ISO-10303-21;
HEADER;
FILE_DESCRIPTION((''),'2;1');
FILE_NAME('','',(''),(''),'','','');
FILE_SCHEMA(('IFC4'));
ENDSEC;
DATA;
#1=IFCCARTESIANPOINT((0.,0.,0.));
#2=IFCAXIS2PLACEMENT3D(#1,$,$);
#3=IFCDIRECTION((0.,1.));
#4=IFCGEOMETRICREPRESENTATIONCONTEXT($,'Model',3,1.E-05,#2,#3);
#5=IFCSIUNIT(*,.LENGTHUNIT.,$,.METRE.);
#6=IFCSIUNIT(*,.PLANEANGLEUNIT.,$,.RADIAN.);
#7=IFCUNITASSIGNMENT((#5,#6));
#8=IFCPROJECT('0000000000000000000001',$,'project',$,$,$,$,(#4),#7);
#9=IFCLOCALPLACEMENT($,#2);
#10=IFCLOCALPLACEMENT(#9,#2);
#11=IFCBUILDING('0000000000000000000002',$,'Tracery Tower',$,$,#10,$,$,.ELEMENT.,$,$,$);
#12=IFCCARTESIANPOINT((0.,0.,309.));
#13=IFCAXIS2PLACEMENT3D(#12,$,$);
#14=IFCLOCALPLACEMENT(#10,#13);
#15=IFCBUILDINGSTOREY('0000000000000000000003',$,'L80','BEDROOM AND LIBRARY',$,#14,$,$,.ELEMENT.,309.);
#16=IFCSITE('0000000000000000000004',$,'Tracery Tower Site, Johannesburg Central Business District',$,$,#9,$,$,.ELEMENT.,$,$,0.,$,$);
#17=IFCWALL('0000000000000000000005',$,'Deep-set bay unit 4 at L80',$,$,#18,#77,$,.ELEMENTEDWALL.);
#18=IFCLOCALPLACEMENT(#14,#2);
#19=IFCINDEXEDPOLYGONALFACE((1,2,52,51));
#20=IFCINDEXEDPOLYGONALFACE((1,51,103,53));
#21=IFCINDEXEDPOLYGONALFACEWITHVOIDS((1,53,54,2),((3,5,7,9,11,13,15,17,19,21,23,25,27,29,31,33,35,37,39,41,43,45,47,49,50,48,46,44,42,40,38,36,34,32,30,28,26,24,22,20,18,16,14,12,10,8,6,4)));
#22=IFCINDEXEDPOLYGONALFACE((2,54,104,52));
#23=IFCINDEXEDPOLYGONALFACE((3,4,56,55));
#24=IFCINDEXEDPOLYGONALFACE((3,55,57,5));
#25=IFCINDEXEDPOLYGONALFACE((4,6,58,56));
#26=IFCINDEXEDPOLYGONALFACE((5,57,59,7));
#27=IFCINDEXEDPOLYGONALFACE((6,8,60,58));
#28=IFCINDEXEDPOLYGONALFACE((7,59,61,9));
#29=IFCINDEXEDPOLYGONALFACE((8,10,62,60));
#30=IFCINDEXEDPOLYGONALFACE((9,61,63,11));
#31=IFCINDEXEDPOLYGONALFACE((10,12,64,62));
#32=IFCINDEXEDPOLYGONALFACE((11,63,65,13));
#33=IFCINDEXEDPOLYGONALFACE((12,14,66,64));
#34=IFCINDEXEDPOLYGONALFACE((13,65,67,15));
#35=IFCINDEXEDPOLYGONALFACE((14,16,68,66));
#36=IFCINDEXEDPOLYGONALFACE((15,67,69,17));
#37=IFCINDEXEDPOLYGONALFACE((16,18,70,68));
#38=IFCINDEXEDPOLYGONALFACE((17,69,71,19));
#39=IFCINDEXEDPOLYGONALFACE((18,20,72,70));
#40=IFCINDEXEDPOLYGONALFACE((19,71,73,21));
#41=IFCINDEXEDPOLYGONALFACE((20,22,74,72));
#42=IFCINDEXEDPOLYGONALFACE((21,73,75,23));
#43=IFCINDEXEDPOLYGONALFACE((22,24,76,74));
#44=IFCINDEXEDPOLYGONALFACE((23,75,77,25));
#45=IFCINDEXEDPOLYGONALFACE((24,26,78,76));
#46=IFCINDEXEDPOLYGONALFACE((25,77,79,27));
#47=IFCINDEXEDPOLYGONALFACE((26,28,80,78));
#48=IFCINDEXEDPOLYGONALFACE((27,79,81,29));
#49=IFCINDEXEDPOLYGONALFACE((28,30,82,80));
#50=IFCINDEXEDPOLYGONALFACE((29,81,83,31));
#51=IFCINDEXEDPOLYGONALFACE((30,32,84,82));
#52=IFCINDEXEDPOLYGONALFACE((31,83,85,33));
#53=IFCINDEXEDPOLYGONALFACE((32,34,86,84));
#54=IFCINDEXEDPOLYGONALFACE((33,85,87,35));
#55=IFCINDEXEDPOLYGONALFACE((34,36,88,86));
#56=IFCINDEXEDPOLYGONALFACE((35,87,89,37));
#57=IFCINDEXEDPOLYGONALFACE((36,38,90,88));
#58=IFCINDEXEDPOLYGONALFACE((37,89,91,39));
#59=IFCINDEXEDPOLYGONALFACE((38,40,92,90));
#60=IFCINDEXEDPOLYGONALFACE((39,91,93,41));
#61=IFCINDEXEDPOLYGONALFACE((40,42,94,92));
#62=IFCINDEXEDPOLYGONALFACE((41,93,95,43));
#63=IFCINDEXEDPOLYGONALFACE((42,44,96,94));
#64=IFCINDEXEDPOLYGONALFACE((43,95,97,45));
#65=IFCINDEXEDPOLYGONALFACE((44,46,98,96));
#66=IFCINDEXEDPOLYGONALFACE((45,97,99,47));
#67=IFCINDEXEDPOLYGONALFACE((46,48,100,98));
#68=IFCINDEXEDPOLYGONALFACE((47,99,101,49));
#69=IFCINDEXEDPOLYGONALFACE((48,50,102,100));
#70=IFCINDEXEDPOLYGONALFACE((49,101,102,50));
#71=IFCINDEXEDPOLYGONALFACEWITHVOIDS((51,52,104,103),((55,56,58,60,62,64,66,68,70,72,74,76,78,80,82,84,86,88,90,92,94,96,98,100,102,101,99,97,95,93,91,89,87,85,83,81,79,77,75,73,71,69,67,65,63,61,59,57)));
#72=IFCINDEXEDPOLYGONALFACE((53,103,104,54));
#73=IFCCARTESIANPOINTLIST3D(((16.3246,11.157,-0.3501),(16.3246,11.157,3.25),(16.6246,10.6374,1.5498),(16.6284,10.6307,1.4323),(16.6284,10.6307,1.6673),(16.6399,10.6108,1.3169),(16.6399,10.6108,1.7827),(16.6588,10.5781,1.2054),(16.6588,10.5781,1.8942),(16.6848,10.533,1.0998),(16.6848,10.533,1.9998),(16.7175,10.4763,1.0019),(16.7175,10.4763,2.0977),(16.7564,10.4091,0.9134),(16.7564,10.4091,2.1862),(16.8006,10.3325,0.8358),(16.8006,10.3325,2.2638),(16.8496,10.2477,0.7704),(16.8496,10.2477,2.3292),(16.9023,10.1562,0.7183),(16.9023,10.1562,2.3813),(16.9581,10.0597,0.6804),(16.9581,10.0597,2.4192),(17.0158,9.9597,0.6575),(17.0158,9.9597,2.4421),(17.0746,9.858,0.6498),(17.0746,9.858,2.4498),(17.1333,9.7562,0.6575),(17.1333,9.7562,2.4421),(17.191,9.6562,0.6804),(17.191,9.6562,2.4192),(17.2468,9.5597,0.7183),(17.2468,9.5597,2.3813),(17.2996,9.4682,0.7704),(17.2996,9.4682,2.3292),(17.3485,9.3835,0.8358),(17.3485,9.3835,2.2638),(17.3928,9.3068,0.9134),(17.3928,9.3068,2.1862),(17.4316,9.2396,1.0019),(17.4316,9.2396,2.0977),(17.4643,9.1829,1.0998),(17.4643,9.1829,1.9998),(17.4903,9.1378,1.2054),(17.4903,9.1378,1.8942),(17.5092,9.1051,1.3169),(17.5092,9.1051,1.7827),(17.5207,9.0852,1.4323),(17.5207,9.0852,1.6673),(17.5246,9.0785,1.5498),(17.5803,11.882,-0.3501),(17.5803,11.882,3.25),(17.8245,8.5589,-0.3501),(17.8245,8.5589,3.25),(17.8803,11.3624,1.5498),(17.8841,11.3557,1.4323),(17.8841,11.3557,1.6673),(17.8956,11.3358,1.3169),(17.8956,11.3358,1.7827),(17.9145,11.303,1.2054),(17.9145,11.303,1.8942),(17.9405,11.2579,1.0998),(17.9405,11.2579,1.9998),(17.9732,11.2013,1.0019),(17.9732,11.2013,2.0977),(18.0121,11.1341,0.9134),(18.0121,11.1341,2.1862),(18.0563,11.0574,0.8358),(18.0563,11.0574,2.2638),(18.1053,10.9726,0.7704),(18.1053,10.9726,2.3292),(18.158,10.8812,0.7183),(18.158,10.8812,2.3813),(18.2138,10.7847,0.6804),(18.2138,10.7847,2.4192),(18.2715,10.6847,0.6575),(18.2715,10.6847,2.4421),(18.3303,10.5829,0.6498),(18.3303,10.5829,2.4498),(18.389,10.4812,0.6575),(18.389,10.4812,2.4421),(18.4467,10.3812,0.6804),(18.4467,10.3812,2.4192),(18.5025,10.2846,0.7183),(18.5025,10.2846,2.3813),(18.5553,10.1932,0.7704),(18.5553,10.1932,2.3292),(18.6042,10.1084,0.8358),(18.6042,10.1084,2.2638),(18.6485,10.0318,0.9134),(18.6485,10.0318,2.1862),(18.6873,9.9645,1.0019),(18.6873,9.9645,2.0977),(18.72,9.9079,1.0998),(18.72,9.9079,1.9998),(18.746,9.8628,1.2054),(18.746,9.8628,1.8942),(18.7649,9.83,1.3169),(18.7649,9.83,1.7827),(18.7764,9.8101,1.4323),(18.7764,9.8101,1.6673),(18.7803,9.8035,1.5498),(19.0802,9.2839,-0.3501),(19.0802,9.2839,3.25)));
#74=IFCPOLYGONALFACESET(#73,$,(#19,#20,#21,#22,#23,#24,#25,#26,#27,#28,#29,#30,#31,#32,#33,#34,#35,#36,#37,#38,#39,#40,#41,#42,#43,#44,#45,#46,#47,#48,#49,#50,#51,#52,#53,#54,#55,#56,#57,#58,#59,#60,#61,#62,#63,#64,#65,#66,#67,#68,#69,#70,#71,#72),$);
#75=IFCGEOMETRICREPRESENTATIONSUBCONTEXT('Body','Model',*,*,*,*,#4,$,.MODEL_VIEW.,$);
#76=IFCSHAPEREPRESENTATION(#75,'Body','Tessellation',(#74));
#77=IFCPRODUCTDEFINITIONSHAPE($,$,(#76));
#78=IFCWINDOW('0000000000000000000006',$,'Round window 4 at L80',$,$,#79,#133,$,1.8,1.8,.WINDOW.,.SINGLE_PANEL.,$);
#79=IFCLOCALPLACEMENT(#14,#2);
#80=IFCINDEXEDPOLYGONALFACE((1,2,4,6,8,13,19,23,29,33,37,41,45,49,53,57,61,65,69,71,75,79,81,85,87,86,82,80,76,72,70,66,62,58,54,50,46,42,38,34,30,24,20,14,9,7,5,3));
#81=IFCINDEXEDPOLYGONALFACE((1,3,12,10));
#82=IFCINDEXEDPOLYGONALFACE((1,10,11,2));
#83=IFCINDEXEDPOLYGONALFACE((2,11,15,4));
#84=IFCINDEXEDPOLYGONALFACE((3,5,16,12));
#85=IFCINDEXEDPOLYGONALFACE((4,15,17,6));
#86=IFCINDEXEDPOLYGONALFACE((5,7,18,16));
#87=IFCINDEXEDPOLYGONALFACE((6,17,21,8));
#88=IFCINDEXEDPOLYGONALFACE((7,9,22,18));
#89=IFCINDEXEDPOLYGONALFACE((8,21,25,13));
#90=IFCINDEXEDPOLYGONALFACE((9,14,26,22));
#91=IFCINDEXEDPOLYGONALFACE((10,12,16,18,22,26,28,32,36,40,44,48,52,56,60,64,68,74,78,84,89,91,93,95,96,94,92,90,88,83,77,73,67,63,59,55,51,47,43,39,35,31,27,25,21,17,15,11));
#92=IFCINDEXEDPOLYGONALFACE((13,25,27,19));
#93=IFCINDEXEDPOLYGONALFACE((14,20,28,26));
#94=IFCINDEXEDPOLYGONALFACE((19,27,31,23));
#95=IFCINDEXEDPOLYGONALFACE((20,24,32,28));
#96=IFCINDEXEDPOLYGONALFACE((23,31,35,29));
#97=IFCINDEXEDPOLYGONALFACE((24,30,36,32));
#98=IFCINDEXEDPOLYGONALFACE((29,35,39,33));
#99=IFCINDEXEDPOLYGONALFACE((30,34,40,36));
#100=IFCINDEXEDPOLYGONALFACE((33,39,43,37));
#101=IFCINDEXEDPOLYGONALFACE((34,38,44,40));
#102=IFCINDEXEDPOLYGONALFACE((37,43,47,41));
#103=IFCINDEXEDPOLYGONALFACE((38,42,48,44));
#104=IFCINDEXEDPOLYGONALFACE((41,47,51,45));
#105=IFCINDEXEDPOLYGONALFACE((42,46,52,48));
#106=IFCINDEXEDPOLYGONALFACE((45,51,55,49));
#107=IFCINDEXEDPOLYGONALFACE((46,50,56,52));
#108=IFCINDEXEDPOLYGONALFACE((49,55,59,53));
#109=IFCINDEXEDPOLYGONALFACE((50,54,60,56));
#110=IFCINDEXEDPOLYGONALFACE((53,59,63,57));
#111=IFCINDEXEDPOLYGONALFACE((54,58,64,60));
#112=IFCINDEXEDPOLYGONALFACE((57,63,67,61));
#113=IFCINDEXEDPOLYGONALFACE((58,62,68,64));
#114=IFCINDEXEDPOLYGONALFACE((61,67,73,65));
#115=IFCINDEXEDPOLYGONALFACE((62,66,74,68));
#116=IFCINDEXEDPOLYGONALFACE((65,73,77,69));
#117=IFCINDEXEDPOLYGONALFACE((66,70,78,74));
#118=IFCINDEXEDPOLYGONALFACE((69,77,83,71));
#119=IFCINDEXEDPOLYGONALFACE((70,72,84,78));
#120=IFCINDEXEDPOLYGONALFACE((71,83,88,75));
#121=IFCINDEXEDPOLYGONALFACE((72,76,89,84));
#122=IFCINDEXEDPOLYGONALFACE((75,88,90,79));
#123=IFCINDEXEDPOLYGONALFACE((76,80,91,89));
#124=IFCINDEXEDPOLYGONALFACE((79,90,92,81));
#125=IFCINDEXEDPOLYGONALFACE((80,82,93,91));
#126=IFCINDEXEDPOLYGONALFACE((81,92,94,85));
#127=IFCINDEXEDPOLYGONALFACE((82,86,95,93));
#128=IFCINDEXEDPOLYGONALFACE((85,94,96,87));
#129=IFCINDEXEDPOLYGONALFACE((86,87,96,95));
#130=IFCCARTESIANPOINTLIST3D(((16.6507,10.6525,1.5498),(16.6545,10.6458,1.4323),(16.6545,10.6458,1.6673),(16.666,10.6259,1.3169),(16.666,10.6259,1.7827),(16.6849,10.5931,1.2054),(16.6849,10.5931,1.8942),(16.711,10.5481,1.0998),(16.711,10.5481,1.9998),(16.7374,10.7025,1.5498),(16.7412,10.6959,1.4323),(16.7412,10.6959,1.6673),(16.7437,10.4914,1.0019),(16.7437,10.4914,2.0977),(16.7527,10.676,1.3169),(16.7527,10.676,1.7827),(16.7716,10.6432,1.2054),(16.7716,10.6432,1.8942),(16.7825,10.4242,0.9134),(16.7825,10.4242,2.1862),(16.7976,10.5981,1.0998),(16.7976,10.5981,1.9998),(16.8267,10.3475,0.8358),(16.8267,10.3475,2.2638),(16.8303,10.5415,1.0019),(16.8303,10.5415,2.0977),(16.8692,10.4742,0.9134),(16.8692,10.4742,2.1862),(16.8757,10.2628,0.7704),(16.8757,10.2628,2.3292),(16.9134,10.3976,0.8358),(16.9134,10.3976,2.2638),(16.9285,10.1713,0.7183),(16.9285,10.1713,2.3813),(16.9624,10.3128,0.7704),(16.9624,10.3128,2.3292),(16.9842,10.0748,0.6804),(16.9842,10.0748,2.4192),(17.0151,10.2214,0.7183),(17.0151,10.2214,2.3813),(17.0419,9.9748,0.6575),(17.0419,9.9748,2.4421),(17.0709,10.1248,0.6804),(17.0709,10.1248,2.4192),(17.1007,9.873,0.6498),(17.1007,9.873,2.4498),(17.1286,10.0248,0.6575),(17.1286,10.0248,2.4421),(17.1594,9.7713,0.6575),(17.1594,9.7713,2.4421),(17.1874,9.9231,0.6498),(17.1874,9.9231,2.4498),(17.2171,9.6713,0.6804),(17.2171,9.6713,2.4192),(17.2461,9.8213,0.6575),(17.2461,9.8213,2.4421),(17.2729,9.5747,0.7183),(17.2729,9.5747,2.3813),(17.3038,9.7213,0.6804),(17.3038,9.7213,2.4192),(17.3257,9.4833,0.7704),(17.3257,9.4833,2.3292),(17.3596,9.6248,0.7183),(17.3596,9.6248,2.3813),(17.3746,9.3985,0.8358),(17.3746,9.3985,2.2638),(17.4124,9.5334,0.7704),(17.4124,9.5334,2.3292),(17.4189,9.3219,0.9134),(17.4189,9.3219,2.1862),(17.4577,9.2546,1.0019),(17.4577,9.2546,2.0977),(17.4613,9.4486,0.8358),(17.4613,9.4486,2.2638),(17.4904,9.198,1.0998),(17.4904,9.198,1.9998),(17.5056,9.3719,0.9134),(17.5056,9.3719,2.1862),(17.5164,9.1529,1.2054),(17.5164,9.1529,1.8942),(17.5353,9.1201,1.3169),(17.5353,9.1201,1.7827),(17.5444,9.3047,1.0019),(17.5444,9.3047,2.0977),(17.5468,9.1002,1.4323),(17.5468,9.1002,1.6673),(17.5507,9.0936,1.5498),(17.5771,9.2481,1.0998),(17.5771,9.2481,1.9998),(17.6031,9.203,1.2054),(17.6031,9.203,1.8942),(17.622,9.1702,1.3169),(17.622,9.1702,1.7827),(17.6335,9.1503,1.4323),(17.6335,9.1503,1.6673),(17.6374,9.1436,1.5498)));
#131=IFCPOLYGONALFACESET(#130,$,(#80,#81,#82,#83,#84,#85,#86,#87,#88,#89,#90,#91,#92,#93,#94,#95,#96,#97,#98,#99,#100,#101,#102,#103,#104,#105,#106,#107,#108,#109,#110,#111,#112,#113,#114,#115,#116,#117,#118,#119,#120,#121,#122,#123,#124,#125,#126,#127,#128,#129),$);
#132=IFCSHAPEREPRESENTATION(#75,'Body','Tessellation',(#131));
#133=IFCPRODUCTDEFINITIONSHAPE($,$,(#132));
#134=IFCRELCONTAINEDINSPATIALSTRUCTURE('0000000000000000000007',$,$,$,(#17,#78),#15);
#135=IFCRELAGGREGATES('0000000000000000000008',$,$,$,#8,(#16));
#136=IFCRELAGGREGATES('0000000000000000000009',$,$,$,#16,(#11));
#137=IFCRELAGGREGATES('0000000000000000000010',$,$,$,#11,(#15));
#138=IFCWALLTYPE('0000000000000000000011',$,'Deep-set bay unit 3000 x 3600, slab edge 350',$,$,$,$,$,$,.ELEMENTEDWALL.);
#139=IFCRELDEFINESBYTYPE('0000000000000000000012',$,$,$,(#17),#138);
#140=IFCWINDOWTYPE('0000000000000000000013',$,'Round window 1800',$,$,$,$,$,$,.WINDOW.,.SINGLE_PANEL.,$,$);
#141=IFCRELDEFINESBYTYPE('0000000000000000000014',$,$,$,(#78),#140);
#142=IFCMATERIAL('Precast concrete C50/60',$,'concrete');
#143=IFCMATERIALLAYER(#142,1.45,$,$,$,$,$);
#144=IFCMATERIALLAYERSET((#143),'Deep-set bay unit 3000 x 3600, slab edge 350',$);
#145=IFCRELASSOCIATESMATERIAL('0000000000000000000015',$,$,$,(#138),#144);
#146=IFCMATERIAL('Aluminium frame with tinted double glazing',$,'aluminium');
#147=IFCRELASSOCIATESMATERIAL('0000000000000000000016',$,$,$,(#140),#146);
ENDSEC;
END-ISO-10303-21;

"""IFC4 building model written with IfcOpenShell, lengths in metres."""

from ifc_helpers import new_model, si_unit, direction, frame, frame_2d, origin, origin_2d, place, context, subcontext, project, spatial, rectangle, circle, extrude, material, layer, layer_set, type_object, element, fill, save


model = new_model("IFC4")

# Units and contexts
model_context = context("Model", 3, precision=1e-05, world=origin(), true_north=direction((0.0, 1.0)))
body_context = subcontext(model_context, "Body", "Model", "MODEL_VIEW")
ifc_project = project(units=[si_unit("LENGTHUNIT", "METRE"), si_unit("PLANEANGLEUNIT", "RADIAN")], contexts=[model_context])

# Site, building, storey
site_placement = place(None, origin())
site = spatial("IfcSite", under=ifc_project, at=site_placement, Name="Tracery Tower Site, Johannesburg Central Business District", CompositionType="ELEMENT", RefElevation=0.0)
building_placement = place(site_placement, origin())
building = spatial("IfcBuilding", under=site, at=building_placement, Name="Tracery Tower", CompositionType="ELEMENT")
storey_placement = place(building_placement, frame((0.0, 0.0, 309.0)))
storey = spatial("IfcBuildingStorey", under=building, at=storey_placement, Name="L80", Description="BEDROOM AND LIBRARY", CompositionType="ELEMENT", Elevation=309.0)

# Wall, opening, window
ifc_material_1 = material(Name="Precast concrete C50/60", Category="concrete")
ifc_layer_1 = layer(ifc_material_1, 1.45)
ifc_layer_set_1 = layer_set([ifc_layer_1], Name="Deep-set bay unit 3000 x 3600, slab edge 350")
wall_type_1 = type_object("IfcWallType", Name="Deep-set bay unit 3000 x 3600, slab edge 350", PredefinedType="ELEMENTEDWALL", material=ifc_layer_set_1)
wall_1_placement = place(storey_placement, frame((18.4524, 8.9214, -0.3501), z_axis=(0.0, 0.0, 1.0), x_axis=(-0.49999, 0.866031, 0.0)))
wall_1 = element("IfcWall", 1, at=wall_1_placement, inside=storey, type_object=wall_type_1, Name="Deep-set bay unit 4 at L80", PredefinedType="ELEMENTEDWALL", context=body_context, shape_type="SweptSolid", body=[
    extrude(rectangle(XDim=3.0, YDim=1.45, at=frame_2d((1.5, 0.0))), origin(), (0.0, 0.0, 1.0), 3.6001),
])
opening_1_placement = place(wall_1_placement, frame((1.5, 0.0, 1.8999)))
opening_1 = element("IfcOpeningElement", 2, at=opening_1_placement, cuts=wall_1, PredefinedType="OPENING", context=body_context, shape_type="SweptSolid", body=[
    extrude(circle(Radius=0.9, at=origin_2d()), frame((0.0, 0.7349, 0.0), z_axis=(0.0, -1.0, 0.0), x_axis=(1.0, 0.0, 0.0)), (0.0, 0.0, 1.0), 1.47),
])
ifc_material_2 = material(Name="Aluminium frame with tinted double glazing", Category="aluminium")
window_type = type_object("IfcWindowType", Name="Round window 1800", PartitioningType="SINGLE_PANEL", PredefinedType="WINDOW", material=ifc_material_2)
window_1_placement = place(opening_1_placement, origin())
window_1 = element("IfcWindow", 3, at=window_1_placement, inside=storey, type_object=window_type, Name="Round window 4 at L80", OverallHeight=1.8, OverallWidth=1.8, PartitioningType="SINGLE_PANEL", PredefinedType="WINDOW", context=body_context, shape_type="SweptSolid", body=[
    extrude(circle(Radius=0.9, at=origin_2d()), frame((0.0, 0.6948, 0.0), z_axis=(0.0, -1.0, 0.0), x_axis=(1.0, 0.0, 0.0)), (0.0, 0.0, 1.0), 0.1001),
])
fill(opening_1, window_1)

save(model, "model.ifc")
